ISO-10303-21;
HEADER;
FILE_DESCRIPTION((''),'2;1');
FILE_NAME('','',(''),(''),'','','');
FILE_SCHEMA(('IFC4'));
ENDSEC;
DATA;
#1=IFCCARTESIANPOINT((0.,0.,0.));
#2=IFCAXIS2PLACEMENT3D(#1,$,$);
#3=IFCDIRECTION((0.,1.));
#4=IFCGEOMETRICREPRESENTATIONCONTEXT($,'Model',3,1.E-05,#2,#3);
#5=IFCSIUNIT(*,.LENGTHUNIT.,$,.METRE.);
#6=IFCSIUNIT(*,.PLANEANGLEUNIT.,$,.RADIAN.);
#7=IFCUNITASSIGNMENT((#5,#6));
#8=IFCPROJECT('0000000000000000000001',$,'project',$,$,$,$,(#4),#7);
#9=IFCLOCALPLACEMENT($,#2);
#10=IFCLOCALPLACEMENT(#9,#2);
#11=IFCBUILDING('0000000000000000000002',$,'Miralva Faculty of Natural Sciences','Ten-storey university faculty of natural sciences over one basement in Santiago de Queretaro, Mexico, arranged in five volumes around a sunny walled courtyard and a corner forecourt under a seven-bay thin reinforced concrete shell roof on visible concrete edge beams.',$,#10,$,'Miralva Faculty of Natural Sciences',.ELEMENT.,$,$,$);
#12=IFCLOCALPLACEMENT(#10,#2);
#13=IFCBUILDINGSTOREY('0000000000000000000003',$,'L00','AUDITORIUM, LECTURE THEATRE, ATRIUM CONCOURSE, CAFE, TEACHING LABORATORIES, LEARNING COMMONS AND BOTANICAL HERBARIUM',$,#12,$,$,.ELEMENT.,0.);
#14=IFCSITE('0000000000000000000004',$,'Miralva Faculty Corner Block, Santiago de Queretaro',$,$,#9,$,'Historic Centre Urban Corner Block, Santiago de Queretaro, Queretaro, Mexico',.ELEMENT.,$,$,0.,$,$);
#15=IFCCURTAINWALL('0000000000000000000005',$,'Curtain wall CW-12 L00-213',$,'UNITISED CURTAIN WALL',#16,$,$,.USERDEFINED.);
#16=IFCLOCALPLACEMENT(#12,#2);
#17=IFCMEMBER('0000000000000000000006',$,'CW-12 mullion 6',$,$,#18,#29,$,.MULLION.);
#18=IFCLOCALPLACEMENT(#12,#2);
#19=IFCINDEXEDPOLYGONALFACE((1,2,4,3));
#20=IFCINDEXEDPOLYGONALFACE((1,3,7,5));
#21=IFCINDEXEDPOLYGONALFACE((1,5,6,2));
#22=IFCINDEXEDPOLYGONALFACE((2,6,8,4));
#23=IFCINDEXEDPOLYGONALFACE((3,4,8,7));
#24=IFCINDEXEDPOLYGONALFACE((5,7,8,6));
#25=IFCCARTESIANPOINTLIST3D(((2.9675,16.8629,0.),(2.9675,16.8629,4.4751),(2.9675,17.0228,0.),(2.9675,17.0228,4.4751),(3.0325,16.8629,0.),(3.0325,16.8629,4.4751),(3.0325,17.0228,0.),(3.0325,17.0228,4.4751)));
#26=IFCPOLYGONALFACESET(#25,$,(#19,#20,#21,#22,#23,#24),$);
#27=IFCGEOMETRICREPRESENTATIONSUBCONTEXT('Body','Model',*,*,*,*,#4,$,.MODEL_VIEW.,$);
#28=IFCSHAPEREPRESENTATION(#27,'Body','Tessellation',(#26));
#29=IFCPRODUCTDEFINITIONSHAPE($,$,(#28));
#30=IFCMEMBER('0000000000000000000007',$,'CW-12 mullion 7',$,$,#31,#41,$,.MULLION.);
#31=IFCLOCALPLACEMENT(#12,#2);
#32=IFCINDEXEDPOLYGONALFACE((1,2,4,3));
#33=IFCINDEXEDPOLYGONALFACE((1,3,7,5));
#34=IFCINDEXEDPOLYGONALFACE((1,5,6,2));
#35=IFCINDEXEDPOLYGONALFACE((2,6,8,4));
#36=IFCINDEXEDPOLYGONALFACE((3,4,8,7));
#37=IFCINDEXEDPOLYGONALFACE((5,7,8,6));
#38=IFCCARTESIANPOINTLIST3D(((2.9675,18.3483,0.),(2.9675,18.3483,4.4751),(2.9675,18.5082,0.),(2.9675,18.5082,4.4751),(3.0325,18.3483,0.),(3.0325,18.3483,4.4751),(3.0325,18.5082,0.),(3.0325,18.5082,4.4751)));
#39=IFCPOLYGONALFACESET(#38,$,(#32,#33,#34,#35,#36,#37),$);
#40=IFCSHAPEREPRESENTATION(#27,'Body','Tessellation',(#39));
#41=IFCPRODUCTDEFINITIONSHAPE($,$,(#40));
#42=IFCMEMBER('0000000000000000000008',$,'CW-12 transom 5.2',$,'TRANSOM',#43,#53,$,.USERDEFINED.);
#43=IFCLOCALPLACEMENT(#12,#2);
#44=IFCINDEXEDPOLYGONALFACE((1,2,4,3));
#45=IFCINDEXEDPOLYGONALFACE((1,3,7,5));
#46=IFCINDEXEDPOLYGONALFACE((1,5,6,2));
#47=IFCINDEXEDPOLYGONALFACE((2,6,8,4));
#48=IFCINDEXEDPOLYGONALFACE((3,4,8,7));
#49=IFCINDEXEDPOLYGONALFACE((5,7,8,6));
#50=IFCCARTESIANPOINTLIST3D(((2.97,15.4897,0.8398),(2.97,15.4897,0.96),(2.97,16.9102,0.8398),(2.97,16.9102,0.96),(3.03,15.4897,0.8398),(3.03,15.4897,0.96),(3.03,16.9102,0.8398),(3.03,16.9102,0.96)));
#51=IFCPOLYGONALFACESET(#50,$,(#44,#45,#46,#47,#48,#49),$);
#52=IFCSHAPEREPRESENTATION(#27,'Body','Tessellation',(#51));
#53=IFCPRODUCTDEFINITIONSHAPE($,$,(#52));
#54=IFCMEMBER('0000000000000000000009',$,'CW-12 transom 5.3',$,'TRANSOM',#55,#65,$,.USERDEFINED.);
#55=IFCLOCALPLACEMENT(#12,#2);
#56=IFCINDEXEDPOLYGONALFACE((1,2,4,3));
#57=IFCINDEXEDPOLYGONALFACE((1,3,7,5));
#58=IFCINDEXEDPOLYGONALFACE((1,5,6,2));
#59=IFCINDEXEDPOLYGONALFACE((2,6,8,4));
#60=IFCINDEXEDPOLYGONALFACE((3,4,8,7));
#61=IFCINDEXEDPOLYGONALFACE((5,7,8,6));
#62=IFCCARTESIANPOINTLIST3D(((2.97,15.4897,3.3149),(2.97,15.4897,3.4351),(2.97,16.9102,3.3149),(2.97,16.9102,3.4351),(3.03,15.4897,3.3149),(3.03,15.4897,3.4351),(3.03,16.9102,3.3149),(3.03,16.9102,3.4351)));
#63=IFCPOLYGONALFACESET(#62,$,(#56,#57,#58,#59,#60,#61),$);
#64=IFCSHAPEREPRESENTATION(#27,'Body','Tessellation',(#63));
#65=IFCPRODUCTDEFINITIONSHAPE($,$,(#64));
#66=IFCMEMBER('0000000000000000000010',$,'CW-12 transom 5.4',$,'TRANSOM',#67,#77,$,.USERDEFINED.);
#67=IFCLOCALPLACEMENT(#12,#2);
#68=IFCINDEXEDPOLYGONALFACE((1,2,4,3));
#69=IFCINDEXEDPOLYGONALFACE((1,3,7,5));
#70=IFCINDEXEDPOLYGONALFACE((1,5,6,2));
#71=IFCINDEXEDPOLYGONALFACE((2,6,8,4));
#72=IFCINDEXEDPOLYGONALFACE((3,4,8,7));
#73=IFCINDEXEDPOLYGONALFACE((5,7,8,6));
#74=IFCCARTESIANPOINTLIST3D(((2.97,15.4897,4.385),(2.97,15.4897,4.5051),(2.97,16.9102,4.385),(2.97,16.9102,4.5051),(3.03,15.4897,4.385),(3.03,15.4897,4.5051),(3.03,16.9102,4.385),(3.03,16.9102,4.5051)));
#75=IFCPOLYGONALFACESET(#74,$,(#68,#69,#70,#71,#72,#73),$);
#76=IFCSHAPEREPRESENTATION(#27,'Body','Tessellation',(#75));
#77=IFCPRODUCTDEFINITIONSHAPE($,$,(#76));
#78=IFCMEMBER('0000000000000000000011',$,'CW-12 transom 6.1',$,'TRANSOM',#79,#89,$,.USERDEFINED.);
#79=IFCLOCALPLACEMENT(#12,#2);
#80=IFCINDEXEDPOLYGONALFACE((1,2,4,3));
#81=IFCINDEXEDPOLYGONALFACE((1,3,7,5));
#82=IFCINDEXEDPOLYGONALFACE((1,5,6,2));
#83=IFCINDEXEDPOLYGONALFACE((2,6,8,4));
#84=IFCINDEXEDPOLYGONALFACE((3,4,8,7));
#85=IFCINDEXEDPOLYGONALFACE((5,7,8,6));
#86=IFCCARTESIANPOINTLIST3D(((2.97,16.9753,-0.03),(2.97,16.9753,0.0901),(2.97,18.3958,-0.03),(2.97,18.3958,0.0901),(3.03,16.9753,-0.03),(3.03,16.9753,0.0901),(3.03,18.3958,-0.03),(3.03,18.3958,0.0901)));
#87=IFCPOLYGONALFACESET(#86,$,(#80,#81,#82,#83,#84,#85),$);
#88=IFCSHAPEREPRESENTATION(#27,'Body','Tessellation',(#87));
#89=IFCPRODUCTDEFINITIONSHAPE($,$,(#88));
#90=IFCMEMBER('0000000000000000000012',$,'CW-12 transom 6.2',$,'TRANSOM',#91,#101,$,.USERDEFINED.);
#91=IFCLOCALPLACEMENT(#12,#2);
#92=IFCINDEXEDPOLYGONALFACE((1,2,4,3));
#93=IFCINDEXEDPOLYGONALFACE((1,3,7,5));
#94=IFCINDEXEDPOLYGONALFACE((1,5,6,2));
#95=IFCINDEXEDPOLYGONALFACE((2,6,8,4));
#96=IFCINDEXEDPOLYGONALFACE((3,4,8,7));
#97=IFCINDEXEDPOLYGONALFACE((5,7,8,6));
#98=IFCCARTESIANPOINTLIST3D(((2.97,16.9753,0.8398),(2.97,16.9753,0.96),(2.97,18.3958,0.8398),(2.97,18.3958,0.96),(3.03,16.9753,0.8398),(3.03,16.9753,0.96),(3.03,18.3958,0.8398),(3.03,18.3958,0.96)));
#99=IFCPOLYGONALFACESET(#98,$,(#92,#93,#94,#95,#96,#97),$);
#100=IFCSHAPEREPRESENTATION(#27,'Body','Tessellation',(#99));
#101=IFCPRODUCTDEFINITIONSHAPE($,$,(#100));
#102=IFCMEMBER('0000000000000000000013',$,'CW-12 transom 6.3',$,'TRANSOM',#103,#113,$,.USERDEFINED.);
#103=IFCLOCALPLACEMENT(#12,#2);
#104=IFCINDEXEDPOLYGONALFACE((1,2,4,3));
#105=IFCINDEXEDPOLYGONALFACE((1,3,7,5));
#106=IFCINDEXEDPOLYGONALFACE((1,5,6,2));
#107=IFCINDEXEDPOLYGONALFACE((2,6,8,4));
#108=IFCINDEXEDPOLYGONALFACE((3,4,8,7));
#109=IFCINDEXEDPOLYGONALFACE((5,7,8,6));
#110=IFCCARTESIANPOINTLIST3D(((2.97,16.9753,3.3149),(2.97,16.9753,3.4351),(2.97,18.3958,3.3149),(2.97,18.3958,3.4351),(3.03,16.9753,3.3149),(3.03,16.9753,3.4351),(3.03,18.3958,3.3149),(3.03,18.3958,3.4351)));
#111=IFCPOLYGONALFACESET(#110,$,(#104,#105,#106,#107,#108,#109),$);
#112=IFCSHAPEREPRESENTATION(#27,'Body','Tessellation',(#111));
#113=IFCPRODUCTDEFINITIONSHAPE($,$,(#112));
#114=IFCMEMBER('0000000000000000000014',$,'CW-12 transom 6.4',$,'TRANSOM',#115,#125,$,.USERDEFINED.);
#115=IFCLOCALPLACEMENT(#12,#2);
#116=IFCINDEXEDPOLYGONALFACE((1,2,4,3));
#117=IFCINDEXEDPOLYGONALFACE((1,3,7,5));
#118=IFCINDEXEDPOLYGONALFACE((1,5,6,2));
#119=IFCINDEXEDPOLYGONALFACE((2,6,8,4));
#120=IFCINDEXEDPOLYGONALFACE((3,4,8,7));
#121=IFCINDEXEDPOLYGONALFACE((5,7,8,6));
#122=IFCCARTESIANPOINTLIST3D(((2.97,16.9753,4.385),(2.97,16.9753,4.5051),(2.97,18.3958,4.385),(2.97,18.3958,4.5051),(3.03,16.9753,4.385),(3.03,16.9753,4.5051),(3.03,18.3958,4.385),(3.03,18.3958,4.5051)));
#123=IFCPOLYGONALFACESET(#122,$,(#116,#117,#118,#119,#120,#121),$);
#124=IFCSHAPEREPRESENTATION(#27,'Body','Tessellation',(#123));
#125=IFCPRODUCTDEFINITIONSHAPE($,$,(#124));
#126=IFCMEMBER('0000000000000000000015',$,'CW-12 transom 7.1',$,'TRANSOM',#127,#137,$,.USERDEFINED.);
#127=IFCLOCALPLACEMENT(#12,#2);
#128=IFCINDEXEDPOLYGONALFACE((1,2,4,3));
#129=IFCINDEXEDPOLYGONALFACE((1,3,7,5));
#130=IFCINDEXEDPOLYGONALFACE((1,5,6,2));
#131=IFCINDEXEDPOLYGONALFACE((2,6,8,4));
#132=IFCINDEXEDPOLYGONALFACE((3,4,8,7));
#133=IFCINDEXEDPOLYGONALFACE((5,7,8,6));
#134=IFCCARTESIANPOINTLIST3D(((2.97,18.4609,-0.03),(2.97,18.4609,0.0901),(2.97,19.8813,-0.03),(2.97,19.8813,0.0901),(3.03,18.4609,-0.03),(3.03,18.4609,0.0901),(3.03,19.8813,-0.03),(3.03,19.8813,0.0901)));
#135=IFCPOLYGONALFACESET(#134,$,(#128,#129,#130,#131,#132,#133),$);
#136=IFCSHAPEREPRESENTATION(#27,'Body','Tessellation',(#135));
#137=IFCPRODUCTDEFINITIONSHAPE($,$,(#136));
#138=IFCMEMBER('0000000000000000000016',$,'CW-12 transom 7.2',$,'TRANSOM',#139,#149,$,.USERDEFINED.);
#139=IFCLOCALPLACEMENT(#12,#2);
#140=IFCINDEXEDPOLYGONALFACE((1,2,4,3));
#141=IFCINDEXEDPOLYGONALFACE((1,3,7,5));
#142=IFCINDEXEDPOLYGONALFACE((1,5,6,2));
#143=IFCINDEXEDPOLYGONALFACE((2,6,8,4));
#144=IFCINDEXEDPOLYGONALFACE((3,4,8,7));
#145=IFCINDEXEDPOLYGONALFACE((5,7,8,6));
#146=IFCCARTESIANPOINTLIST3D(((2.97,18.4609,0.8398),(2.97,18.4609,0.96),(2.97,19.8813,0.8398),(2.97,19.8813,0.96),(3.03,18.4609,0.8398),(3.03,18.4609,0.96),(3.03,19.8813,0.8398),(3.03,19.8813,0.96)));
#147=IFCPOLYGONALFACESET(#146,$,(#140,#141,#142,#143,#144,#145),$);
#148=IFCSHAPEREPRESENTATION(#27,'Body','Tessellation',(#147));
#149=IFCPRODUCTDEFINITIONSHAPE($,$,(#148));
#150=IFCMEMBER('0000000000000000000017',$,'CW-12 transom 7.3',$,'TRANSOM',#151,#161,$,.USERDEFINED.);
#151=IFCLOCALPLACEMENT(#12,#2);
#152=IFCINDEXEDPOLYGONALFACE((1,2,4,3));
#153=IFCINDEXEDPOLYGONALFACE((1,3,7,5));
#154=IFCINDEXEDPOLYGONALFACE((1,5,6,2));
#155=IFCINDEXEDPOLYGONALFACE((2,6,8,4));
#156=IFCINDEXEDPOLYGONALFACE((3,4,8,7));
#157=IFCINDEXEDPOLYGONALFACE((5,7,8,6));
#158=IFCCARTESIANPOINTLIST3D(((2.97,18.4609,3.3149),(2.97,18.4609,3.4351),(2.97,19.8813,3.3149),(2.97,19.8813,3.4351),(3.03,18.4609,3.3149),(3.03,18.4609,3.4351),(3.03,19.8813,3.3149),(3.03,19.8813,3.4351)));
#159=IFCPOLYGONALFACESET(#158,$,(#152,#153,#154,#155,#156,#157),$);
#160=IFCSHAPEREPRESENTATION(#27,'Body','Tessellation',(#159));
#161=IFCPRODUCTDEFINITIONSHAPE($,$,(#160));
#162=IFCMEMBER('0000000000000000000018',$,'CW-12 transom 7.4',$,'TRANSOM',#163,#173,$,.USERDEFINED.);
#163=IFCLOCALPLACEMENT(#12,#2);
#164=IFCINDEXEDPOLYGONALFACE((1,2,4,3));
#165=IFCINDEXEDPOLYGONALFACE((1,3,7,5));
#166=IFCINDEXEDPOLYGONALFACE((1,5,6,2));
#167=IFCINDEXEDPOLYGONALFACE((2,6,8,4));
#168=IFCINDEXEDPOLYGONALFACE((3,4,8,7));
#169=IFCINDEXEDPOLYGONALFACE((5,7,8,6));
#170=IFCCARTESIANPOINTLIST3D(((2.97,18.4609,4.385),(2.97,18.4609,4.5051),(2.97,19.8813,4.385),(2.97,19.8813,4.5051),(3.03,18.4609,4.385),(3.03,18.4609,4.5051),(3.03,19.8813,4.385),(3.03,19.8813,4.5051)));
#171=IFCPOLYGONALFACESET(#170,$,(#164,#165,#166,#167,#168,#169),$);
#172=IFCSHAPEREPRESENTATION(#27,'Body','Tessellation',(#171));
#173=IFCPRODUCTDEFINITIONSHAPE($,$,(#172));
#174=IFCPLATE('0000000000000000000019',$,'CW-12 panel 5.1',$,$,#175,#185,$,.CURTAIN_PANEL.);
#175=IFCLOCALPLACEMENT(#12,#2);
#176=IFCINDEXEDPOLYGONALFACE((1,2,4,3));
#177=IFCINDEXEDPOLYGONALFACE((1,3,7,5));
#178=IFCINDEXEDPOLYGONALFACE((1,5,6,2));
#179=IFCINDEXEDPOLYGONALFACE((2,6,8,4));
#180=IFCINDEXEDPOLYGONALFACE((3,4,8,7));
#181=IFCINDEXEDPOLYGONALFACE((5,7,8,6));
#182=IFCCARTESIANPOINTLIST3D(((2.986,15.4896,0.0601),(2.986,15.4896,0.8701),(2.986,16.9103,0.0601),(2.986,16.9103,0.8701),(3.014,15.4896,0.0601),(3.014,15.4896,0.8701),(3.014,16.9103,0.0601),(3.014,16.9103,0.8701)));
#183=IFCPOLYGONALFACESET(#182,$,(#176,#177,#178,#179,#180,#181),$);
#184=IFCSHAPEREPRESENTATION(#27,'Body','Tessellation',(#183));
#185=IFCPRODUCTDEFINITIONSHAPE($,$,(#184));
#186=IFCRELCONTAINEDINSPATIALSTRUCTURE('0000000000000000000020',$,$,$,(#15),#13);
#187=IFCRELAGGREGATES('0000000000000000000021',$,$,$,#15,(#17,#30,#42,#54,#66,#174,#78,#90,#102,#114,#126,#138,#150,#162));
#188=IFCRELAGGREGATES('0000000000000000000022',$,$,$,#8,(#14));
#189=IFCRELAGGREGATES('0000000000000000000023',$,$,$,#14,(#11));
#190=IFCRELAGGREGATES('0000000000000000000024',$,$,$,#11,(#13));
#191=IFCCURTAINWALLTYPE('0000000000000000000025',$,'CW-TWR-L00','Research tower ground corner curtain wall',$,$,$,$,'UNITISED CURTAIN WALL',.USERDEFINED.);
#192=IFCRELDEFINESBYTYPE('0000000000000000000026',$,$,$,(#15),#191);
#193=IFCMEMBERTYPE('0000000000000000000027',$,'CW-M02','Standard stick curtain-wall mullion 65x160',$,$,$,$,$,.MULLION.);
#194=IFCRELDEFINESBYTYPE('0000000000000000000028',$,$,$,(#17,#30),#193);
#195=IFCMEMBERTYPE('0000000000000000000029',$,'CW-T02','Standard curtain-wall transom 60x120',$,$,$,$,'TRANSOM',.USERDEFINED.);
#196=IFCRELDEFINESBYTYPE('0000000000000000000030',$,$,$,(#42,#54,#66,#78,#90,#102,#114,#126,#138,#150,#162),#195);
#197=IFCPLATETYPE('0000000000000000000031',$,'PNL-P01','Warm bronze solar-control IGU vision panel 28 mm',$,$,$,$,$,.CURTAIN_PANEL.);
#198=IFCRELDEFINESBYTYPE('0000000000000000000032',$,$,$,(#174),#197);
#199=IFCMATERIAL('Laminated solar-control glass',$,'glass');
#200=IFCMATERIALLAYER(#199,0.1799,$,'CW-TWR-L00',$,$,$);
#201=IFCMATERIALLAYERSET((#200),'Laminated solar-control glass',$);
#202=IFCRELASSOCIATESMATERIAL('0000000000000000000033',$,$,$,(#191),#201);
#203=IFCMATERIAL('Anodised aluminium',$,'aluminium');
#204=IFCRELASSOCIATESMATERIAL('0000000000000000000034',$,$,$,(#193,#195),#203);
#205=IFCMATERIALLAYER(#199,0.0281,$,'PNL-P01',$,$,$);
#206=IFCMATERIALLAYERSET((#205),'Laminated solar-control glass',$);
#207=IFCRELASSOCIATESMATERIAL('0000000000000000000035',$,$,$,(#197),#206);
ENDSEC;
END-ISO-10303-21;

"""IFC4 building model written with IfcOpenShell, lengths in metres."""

from ifc_helpers import new_model, si_unit, direction, frame, origin, origin_2d, place, context, subcontext, project, spatial, rectangle, extrude, material, layer, layer_set, material_profile, profile_set, type_object, element, aggregate, save


model = new_model("IFC4")

# Units and contexts
model_context = context("Model", 3, precision=1e-05, world=origin(), true_north=direction((0.0, 1.0)))
body_context = subcontext(model_context, "Body", "Model", "MODEL_VIEW")
ifc_project = project(units=[si_unit("LENGTHUNIT", "METRE"), si_unit("PLANEANGLEUNIT", "RADIAN")], contexts=[model_context])

# Site, building, storey
site_placement = place(None, origin())
site = spatial("IfcSite", under=ifc_project, at=site_placement, Name="Miralva Faculty Corner Block, Santiago de Queretaro", LongName="Historic Centre Urban Corner Block, Santiago de Queretaro, Queretaro, Mexico", CompositionType="ELEMENT", RefElevation=0.0)
building_placement = place(site_placement, origin())
building = spatial("IfcBuilding", under=site, at=building_placement, Name="Miralva Faculty of Natural Sciences", Description="Ten-storey university faculty of natural sciences over one basement in Santiago de Queretaro, Mexico, arranged in five volumes around a sunny walled courtyard and a corner forecourt under a seven-bay thin reinforced concrete shell roof on visible concrete edge beams.", LongName="Miralva Faculty of Natural Sciences", CompositionType="ELEMENT")
storey_placement = place(building_placement, origin())
storey = spatial("IfcBuildingStorey", under=building, at=storey_placement, Name="L00", Description="AUDITORIUM, LECTURE THEATRE, ATRIUM CONCOURSE, CAFE, TEACHING LABORATORIES, LEARNING COMMONS AND BOTANICAL HERBARIUM", CompositionType="ELEMENT", Elevation=0.0)

# Curtain wall, members, plate
ifc_material_1 = material(Name="Laminated solar-control glass", Category="glass")
ifc_layer_1 = layer(ifc_material_1, 0.1799, Name="CW-TWR-L00")
ifc_layer_set_1 = layer_set([ifc_layer_1], Name="Laminated solar-control glass")
curtain_wall_type = type_object("IfcCurtainWallType", Name="CW-TWR-L00", Description="Research tower ground corner curtain wall", ElementType="UNITISED CURTAIN WALL", PredefinedType="USERDEFINED", material=ifc_layer_set_1)
curtain_wall_placement = place(storey_placement, origin())
curtain_wall = element("IfcCurtainWall", 1, at=curtain_wall_placement, inside=storey, type_object=curtain_wall_type, Name="Curtain wall CW-12 L00-213", ObjectType="UNITISED CURTAIN WALL", PredefinedType="USERDEFINED")
ifc_material_2 = material(Name="Anodised aluminium", Category="aluminium")
ifc_material_profile_1 = material_profile(ifc_material_2, rectangle(XDim=0.0649, YDim=0.1599, at=origin_2d()), Name="MULLION 65x160")
ifc_profile_set_1 = profile_set([ifc_material_profile_1], Name="Anodised aluminium")
member_type_1 = type_object("IfcMemberType", Name="CW-M02", Description="Standard stick curtain-wall mullion 65x160", PredefinedType="MULLION", material=ifc_profile_set_1)
member_1_placement = place(storey_placement, frame((3.0, 16.9429, 0.0), z_axis=(0.0, 0.0, 1.0), x_axis=(-1.0, 0.0, 0.0)))
member_1 = element("IfcMember", 2, at=member_1_placement, type_object=member_type_1, Name="CW-12 mullion 6", PredefinedType="MULLION", context=body_context, shape_type="SweptSolid", body=[
    extrude(rectangle(XDim=0.0649, YDim=0.1599, at=origin_2d()), origin(), (0.0, 0.0, 1.0), 4.4751),
])
member_2_placement = place(storey_placement, frame((3.0, 18.4282, 0.0), z_axis=(0.0, 0.0, 1.0), x_axis=(-1.0, 0.0, 0.0)))
member_2 = element("IfcMember", 3, at=member_2_placement, type_object=member_type_1, Name="CW-12 mullion 7", PredefinedType="MULLION", context=body_context, shape_type="SweptSolid", body=[
    extrude(rectangle(XDim=0.0649, YDim=0.1599, at=origin_2d()), origin(), (0.0, 0.0, 1.0), 4.4751),
])
ifc_material_profile_2 = material_profile(ifc_material_2, rectangle(XDim=0.0601, YDim=0.1201, at=origin_2d()), Name="TRANSOM 60x120")
ifc_profile_set_2 = profile_set([ifc_material_profile_2], Name="Anodised aluminium")
member_type_2 = type_object("IfcMemberType", Name="CW-T02", Description="Standard curtain-wall transom 60x120", ElementType="TRANSOM", PredefinedType="USERDEFINED", material=ifc_profile_set_2)
member_3_placement = place(storey_placement, frame((3.0, 15.4897, 0.8999), z_axis=(0.0, 1.0, 0.0), x_axis=(-1.0, 0.0, 0.0)))
member_3 = element("IfcMember", 4, at=member_3_placement, type_object=member_type_2, Name="CW-12 transom 5.2", ObjectType="TRANSOM", PredefinedType="USERDEFINED", context=body_context, shape_type="SweptSolid", body=[
    extrude(rectangle(XDim=0.0601, YDim=0.1201, at=origin_2d()), origin(), (0.0, 0.0, 1.0), 1.4204),
])
member_4_placement = place(storey_placement, frame((3.0, 15.4897, 3.375), z_axis=(0.0, 1.0, 0.0), x_axis=(-1.0, 0.0, 0.0)))
member_4 = element("IfcMember", 5, at=member_4_placement, type_object=member_type_2, Name="CW-12 transom 5.3", ObjectType="TRANSOM", PredefinedType="USERDEFINED", context=body_context, shape_type="SweptSolid", body=[
    extrude(rectangle(XDim=0.0601, YDim=0.1201, at=origin_2d()), origin(), (0.0, 0.0, 1.0), 1.4204),
])
member_5_placement = place(storey_placement, frame((3.0, 15.4897, 4.4451), z_axis=(0.0, 1.0, 0.0), x_axis=(-1.0, 0.0, 0.0)))
member_5 = element("IfcMember", 6, at=member_5_placement, type_object=member_type_2, Name="CW-12 transom 5.4", ObjectType="TRANSOM", PredefinedType="USERDEFINED", context=body_context, shape_type="SweptSolid", body=[
    extrude(rectangle(XDim=0.0601, YDim=0.1201, at=origin_2d()), origin(), (0.0, 0.0, 1.0), 1.4204),
])
member_6_placement = place(storey_placement, frame((3.0, 16.9753, 0.03), z_axis=(0.0, 1.0, 0.0), x_axis=(-1.0, 0.0, 0.0)))
member_6 = element("IfcMember", 7, at=member_6_placement, type_object=member_type_2, Name="CW-12 transom 6.1", ObjectType="TRANSOM", PredefinedType="USERDEFINED", context=body_context, shape_type="SweptSolid", body=[
    extrude(rectangle(XDim=0.0601, YDim=0.1201, at=origin_2d()), origin(), (0.0, 0.0, 1.0), 1.4204),
])
member_7_placement = place(storey_placement, frame((3.0, 16.9753, 0.8999), z_axis=(0.0, 1.0, 0.0), x_axis=(-1.0, 0.0, 0.0)))
member_7 = element("IfcMember", 8, at=member_7_placement, type_object=member_type_2, Name="CW-12 transom 6.2", ObjectType="TRANSOM", PredefinedType="USERDEFINED", context=body_context, shape_type="SweptSolid", body=[
    extrude(rectangle(XDim=0.0601, YDim=0.1201, at=origin_2d()), origin(), (0.0, 0.0, 1.0), 1.4204),
])
member_8_placement = place(storey_placement, frame((3.0, 16.9753, 3.375), z_axis=(0.0, 1.0, 0.0), x_axis=(-1.0, 0.0, 0.0)))
member_8 = element("IfcMember", 9, at=member_8_placement, type_object=member_type_2, Name="CW-12 transom 6.3", ObjectType="TRANSOM", PredefinedType="USERDEFINED", context=body_context, shape_type="SweptSolid", body=[
    extrude(rectangle(XDim=0.0601, YDim=0.1201, at=origin_2d()), origin(), (0.0, 0.0, 1.0), 1.4204),
])
member_9_placement = place(storey_placement, frame((3.0, 16.9753, 4.4451), z_axis=(0.0, 1.0, 0.0), x_axis=(-1.0, 0.0, 0.0)))
member_9 = element("IfcMember", 10, at=member_9_placement, type_object=member_type_2, Name="CW-12 transom 6.4", ObjectType="TRANSOM", PredefinedType="USERDEFINED", context=body_context, shape_type="SweptSolid", body=[
    extrude(rectangle(XDim=0.0601, YDim=0.1201, at=origin_2d()), origin(), (0.0, 0.0, 1.0), 1.4204),
])
member_10_placement = place(storey_placement, frame((3.0, 18.4609, 0.03), z_axis=(0.0, 1.0, 0.0), x_axis=(-1.0, 0.0, 0.0)))
member_10 = element("IfcMember", 11, at=member_10_placement, type_object=member_type_2, Name="CW-12 transom 7.1", ObjectType="TRANSOM", PredefinedType="USERDEFINED", context=body_context, shape_type="SweptSolid", body=[
    extrude(rectangle(XDim=0.0601, YDim=0.1201, at=origin_2d()), origin(), (0.0, 0.0, 1.0), 1.4204),
])
member_11_placement = place(storey_placement, frame((3.0, 18.4609, 0.8999), z_axis=(0.0, 1.0, 0.0), x_axis=(-1.0, 0.0, 0.0)))
member_11 = element("IfcMember", 12, at=member_11_placement, type_object=member_type_2, Name="CW-12 transom 7.2", ObjectType="TRANSOM", PredefinedType="USERDEFINED", context=body_context, shape_type="SweptSolid", body=[
    extrude(rectangle(XDim=0.0601, YDim=0.1201, at=origin_2d()), origin(), (0.0, 0.0, 1.0), 1.4204),
])
member_12_placement = place(storey_placement, frame((3.0, 18.4609, 3.375), z_axis=(0.0, 1.0, 0.0), x_axis=(-1.0, 0.0, 0.0)))
member_12 = element("IfcMember", 13, at=member_12_placement, type_object=member_type_2, Name="CW-12 transom 7.3", ObjectType="TRANSOM", PredefinedType="USERDEFINED", context=body_context, shape_type="SweptSolid", body=[
    extrude(rectangle(XDim=0.0601, YDim=0.1201, at=origin_2d()), origin(), (0.0, 0.0, 1.0), 1.4204),
])
member_13_placement = place(storey_placement, frame((3.0, 18.4609, 4.4451), z_axis=(0.0, 1.0, 0.0), x_axis=(-1.0, 0.0, 0.0)))
member_13 = element("IfcMember", 14, at=member_13_placement, type_object=member_type_2, Name="CW-12 transom 7.4", ObjectType="TRANSOM", PredefinedType="USERDEFINED", context=body_context, shape_type="SweptSolid", body=[
    extrude(rectangle(XDim=0.0601, YDim=0.1201, at=origin_2d()), origin(), (0.0, 0.0, 1.0), 1.4204),
])
ifc_layer_2 = layer(ifc_material_1, 0.0281, Name="PNL-P01")
ifc_layer_set_2 = layer_set([ifc_layer_2], Name="Laminated solar-control glass")
plate_type = type_object("IfcPlateType", Name="PNL-P01", Description="Warm bronze solar-control IGU vision panel 28 mm", PredefinedType="CURTAIN_PANEL", material=ifc_layer_set_2)
plate_1_placement = place(storey_placement, frame((3.0, 16.2, 0.0601), z_axis=(0.0, 0.0, 1.0), x_axis=(0.0, 1.0, 0.0)))
plate_1 = element("IfcPlate", 15, at=plate_1_placement, type_object=plate_type, Name="CW-12 panel 5.1", PredefinedType="CURTAIN_PANEL", context=body_context, shape_type="SweptSolid", body=[
    extrude(rectangle(XDim=1.4207, YDim=0.0281, at=origin_2d()), origin(), (0.0, 0.0, 1.0), 0.8101),
])
aggregate(curtain_wall, [member_1, member_2, member_3, member_4, member_5, plate_1, member_6, member_7, member_8, member_9, member_10, member_11, member_12, member_13])

save(model, "model.ifc")
